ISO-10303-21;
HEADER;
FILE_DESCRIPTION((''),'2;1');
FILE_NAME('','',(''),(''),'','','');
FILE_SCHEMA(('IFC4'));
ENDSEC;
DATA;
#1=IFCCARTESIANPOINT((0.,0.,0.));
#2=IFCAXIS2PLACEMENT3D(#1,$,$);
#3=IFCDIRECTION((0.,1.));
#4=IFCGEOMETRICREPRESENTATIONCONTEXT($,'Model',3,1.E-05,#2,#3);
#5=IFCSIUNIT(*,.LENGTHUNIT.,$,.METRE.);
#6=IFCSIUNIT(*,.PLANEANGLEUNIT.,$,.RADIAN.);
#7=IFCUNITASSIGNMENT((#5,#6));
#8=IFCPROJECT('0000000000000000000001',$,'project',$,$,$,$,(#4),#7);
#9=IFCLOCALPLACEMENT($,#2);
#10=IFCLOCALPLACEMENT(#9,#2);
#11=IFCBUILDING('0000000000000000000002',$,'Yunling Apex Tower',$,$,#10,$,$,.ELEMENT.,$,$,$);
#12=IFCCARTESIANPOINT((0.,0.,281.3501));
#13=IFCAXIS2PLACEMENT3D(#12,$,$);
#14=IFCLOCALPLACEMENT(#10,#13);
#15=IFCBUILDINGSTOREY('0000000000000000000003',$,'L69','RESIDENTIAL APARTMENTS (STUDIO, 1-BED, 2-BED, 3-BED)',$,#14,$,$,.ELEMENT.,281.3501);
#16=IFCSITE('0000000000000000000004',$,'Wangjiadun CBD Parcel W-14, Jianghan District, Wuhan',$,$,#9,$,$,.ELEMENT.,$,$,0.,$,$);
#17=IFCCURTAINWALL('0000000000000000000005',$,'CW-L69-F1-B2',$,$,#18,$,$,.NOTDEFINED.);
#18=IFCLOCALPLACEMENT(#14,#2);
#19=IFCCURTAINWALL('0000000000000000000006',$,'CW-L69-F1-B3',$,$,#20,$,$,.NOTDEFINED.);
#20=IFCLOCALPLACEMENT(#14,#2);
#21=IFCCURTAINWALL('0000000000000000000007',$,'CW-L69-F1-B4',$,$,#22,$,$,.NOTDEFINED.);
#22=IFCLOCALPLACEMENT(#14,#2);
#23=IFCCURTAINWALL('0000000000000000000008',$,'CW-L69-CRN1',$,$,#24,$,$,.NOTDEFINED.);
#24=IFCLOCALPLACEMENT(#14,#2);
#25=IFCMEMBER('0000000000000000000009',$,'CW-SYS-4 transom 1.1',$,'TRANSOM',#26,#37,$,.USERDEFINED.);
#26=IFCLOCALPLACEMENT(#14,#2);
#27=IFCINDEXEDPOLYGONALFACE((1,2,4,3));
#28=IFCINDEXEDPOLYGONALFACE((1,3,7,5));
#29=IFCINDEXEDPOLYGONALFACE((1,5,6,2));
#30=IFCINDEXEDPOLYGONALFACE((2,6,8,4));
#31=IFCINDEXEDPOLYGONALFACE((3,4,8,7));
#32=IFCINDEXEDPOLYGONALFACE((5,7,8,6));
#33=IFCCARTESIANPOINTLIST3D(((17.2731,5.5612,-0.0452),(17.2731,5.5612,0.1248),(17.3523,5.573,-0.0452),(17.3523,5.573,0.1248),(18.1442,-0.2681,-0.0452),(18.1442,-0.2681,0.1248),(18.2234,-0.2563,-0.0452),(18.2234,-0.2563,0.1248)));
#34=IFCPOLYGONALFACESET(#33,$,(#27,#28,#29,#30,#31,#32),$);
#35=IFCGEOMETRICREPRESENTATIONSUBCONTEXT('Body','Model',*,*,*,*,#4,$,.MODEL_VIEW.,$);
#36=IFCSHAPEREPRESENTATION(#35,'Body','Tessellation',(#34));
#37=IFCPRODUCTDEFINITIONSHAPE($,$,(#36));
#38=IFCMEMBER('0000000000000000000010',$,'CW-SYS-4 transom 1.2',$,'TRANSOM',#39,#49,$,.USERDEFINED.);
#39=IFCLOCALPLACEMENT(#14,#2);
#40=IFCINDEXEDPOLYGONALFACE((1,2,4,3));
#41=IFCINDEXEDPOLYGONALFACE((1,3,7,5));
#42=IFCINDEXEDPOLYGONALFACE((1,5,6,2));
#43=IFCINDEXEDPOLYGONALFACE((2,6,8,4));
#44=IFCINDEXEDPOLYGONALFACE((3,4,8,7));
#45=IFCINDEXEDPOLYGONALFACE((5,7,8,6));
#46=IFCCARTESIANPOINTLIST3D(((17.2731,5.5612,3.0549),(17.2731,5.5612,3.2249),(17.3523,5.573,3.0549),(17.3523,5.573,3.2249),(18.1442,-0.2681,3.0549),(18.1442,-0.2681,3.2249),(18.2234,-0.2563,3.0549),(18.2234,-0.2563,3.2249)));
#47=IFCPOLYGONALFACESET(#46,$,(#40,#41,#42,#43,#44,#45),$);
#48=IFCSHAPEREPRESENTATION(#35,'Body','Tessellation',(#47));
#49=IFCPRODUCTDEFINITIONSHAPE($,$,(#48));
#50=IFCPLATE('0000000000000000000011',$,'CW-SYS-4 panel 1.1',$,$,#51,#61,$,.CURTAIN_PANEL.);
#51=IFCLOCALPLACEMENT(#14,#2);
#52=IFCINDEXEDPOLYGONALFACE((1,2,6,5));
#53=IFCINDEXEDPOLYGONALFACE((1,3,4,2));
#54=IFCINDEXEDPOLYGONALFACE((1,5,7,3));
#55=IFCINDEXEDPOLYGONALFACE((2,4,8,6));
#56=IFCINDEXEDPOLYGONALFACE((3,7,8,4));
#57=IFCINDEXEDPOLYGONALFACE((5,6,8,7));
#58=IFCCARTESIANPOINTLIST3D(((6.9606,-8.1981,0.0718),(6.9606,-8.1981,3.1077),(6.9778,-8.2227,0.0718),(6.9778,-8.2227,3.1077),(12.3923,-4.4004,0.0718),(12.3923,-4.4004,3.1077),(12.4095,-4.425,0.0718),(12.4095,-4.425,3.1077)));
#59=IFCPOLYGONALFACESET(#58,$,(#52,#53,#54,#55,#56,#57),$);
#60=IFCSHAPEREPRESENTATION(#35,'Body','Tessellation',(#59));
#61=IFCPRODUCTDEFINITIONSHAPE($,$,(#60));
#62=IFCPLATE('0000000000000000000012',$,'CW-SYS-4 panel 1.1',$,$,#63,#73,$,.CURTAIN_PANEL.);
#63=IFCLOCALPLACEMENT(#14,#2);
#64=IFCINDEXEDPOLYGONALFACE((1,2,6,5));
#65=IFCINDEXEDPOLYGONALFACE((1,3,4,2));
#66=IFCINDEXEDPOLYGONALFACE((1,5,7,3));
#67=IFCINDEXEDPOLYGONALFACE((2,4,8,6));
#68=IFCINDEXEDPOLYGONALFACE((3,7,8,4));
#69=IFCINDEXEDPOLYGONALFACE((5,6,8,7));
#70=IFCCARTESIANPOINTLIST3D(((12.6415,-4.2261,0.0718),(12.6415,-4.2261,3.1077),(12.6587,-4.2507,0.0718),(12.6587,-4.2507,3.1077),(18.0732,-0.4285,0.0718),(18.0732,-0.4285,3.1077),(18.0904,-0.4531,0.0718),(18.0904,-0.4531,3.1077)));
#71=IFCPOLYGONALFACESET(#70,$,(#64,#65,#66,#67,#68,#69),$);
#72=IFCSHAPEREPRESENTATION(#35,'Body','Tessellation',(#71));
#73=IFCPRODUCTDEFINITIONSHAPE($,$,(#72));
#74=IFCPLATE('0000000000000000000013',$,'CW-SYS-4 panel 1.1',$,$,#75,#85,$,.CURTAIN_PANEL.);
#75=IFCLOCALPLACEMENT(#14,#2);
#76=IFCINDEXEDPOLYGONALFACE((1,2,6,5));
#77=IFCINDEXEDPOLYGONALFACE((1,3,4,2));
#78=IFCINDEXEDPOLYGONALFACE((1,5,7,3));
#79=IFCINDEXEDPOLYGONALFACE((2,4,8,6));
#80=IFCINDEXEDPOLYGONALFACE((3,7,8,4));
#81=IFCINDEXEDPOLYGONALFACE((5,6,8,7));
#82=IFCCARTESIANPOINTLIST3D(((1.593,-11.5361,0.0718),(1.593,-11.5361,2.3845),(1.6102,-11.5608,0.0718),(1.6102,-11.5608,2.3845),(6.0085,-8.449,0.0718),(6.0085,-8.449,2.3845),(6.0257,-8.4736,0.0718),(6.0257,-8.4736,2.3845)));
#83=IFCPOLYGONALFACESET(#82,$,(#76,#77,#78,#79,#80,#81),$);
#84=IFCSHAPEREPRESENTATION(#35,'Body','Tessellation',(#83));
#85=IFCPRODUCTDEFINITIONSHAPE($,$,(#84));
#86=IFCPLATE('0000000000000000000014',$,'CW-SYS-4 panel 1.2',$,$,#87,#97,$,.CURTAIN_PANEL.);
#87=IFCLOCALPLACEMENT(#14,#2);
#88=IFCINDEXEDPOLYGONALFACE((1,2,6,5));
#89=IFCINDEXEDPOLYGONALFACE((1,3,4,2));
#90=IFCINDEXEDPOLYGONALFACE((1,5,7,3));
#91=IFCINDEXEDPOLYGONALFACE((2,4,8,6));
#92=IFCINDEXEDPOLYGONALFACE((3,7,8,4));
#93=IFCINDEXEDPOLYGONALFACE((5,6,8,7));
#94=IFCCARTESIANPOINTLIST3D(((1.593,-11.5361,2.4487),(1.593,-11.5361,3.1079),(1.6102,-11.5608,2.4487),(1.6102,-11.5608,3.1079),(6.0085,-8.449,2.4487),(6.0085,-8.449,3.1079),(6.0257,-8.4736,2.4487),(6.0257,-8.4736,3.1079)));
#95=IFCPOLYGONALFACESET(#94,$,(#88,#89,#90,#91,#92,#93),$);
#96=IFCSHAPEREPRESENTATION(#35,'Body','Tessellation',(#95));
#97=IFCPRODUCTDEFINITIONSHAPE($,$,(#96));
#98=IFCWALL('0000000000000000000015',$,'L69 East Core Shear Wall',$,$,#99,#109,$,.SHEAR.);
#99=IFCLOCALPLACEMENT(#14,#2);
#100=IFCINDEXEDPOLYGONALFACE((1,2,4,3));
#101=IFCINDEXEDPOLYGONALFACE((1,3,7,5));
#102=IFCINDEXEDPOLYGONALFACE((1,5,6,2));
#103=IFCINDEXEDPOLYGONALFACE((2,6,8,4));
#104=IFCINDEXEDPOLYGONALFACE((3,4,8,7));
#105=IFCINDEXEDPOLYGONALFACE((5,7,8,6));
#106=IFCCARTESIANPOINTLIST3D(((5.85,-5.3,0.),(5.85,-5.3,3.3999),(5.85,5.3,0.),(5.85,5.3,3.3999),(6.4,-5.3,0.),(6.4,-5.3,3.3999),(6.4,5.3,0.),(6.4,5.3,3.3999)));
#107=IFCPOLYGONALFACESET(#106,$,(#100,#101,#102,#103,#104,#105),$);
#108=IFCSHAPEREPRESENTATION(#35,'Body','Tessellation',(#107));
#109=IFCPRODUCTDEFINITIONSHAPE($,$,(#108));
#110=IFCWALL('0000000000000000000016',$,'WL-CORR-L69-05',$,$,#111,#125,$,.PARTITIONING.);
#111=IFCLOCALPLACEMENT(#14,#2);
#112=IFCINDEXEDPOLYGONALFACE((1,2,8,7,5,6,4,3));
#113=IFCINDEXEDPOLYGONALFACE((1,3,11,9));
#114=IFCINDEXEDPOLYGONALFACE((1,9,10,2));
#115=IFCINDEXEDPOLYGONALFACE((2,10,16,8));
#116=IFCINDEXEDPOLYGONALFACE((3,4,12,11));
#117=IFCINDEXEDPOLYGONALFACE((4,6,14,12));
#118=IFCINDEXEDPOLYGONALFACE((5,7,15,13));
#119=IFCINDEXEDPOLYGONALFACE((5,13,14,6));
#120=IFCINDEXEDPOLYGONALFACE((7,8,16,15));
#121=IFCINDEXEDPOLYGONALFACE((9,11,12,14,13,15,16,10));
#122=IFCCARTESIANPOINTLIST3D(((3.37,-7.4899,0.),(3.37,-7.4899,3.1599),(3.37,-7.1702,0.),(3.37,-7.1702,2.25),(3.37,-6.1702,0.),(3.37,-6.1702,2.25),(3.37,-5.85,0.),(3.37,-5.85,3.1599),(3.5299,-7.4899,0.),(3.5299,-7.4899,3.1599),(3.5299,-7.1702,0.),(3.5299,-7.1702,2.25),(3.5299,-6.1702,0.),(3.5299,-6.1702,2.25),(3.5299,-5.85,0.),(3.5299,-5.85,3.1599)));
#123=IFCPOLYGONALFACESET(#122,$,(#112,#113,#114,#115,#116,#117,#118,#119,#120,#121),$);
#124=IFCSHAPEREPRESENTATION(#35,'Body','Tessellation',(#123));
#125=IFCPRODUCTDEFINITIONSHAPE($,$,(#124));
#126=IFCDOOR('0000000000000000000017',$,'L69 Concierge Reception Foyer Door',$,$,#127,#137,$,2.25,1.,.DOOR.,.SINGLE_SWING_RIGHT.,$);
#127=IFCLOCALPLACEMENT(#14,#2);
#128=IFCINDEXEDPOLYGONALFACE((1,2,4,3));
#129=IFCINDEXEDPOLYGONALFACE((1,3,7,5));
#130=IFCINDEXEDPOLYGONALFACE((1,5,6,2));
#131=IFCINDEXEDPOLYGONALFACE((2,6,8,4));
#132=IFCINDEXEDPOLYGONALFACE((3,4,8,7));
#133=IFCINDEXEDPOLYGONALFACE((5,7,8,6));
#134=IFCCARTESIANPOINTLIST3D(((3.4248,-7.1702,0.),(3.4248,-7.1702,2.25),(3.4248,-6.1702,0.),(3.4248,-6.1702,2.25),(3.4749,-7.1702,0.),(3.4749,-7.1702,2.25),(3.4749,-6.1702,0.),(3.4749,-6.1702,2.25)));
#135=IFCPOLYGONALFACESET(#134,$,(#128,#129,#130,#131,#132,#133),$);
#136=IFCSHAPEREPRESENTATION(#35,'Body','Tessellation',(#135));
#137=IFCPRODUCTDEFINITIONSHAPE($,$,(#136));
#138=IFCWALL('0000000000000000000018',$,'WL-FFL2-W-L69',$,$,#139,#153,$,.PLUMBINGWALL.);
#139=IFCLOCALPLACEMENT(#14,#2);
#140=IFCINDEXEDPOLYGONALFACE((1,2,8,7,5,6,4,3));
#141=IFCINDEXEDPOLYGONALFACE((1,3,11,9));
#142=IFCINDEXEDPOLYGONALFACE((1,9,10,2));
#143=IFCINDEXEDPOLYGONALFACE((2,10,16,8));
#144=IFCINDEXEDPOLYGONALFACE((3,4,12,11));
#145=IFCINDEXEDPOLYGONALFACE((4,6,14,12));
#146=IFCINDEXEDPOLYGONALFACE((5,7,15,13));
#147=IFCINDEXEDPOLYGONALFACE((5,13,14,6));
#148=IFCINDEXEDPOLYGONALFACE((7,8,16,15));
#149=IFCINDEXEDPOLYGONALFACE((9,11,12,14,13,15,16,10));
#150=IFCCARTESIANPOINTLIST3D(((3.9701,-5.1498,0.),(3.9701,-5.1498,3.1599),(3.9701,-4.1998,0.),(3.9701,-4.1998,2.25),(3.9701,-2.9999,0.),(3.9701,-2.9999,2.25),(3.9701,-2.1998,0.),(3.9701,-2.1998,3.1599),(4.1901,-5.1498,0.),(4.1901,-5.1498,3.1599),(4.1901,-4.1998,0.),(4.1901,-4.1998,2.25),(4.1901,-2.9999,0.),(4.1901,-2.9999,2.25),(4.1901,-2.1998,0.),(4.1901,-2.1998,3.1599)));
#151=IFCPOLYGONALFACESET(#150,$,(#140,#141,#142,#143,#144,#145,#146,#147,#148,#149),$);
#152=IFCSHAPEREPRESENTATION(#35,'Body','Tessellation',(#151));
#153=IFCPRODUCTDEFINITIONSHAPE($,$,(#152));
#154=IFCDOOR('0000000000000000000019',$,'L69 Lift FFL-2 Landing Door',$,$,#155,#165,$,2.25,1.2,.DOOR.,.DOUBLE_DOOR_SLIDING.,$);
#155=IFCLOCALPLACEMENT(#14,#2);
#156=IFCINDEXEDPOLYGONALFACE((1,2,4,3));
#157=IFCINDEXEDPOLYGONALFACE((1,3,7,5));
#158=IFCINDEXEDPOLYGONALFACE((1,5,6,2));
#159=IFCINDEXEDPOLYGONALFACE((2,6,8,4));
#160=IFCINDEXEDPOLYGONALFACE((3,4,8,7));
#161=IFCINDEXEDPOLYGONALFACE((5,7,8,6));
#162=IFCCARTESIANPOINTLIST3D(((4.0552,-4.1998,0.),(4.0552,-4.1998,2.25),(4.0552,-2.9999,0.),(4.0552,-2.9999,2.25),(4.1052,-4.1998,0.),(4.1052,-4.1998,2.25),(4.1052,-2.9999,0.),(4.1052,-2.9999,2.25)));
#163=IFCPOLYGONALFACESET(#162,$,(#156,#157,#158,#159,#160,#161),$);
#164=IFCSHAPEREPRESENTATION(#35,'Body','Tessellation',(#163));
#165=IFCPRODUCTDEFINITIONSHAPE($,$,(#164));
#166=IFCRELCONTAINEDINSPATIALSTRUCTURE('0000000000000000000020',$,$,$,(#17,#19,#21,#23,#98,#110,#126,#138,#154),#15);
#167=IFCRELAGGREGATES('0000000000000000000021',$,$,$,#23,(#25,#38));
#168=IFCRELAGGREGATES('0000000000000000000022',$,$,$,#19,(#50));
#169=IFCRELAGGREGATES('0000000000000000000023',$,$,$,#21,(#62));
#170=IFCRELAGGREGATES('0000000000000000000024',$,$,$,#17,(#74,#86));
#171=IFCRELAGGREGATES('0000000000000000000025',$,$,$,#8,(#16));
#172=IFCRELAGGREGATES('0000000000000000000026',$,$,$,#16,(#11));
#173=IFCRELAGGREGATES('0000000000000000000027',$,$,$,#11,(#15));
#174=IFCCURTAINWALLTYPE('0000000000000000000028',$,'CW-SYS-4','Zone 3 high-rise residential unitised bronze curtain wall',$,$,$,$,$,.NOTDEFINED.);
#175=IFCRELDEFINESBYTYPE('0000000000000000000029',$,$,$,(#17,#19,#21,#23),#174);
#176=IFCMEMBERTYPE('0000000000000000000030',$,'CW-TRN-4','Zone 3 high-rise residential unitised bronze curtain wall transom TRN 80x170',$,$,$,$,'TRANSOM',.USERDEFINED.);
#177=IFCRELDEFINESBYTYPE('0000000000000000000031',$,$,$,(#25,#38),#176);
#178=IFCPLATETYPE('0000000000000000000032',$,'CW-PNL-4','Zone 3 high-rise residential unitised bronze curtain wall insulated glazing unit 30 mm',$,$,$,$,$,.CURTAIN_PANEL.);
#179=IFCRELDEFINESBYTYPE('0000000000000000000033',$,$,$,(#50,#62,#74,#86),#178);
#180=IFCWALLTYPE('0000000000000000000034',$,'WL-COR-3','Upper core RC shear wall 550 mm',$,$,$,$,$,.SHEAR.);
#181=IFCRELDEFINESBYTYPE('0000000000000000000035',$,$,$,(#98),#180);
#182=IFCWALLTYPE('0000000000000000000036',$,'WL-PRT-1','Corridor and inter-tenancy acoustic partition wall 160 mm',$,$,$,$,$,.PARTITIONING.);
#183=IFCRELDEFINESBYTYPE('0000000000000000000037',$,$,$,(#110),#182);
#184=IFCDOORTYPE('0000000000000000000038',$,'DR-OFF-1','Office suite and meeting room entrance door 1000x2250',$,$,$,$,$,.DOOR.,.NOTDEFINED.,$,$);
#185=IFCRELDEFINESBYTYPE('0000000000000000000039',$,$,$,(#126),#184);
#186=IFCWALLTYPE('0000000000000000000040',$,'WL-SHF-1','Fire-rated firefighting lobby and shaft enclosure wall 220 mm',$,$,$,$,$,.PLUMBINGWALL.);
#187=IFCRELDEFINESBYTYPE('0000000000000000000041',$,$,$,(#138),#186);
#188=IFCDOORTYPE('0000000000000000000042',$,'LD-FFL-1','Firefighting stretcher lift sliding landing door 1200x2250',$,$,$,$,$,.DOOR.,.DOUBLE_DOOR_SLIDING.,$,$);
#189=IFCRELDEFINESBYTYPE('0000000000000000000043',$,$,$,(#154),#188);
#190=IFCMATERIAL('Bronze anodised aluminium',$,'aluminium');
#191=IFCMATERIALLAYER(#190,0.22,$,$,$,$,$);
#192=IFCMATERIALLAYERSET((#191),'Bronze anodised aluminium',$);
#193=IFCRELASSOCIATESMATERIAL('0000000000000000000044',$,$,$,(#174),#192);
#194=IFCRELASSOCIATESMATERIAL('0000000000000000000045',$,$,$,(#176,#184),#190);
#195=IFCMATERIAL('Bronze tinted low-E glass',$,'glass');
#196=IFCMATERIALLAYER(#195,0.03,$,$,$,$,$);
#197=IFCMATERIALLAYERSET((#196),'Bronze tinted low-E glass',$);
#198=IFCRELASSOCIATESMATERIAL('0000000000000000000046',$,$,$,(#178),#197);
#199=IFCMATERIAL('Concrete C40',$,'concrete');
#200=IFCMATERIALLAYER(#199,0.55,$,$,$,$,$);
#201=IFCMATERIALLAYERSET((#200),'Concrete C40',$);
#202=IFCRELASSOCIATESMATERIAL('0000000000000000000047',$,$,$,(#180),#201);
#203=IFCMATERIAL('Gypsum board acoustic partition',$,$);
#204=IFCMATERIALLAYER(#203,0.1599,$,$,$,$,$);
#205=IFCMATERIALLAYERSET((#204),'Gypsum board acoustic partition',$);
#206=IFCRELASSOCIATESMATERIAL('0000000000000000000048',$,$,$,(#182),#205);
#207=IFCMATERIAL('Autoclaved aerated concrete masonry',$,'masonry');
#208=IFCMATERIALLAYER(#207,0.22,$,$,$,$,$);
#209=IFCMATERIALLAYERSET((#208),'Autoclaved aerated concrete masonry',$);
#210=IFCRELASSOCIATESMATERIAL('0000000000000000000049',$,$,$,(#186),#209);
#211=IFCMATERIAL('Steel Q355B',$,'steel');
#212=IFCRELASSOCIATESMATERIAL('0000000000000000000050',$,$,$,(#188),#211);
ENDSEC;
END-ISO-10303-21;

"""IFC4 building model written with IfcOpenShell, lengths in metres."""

from ifc_helpers import new_model, si_unit, direction, frame, frame_2d, origin, origin_2d, place, context, subcontext, project, spatial, rectangle, extrude, source, transform, mapped, material, layer, layer_set, material_profile, profile_set, type_object, element, fill, aggregate, save


model = new_model("IFC4")

# Units and contexts
model_context = context("Model", 3, precision=1e-05, world=origin(), true_north=direction((0.0, 1.0)))
body_context = subcontext(model_context, "Body", "Model", "MODEL_VIEW")
ifc_project = project(units=[si_unit("LENGTHUNIT", "METRE"), si_unit("PLANEANGLEUNIT", "RADIAN")], contexts=[model_context])

# Site, building, storey
site_placement = place(None, origin())
site = spatial("IfcSite", under=ifc_project, at=site_placement, Name="Wangjiadun CBD Parcel W-14, Jianghan District, Wuhan", CompositionType="ELEMENT", RefElevation=0.0)
building_placement = place(site_placement, origin())
building = spatial("IfcBuilding", under=site, at=building_placement, Name="Yunling Apex Tower", CompositionType="ELEMENT")
storey_placement = place(building_placement, frame((0.0, 0.0, 281.3501)))
storey = spatial("IfcBuildingStorey", under=building, at=storey_placement, Name="L69", Description="RESIDENTIAL APARTMENTS (STUDIO, 1-BED, 2-BED, 3-BED)", CompositionType="ELEMENT", Elevation=281.3501)

# Shared definitions
ifc_material_1 = material(Name="Steel Q355B", Category="steel")

# Curtain wall
ifc_material_2 = material(Name="Bronze anodised aluminium", Category="aluminium")
ifc_layer_1 = layer(ifc_material_2, 0.22)
ifc_layer_set_1 = layer_set([ifc_layer_1], Name="Bronze anodised aluminium")
curtain_wall_type = type_object("IfcCurtainWallType", Name="CW-SYS-4", Description="Zone 3 high-rise residential unitised bronze curtain wall", PredefinedType="NOTDEFINED", material=ifc_layer_set_1)
curtain_wall_1_placement = place(storey_placement, origin())
curtain_wall_1 = element("IfcCurtainWall", 1, at=curtain_wall_1_placement, inside=storey, type_object=curtain_wall_type, Name="CW-L69-F1-B2", PredefinedType="NOTDEFINED")

# Curtain walls
curtain_wall_2_placement = place(storey_placement, origin())
curtain_wall_2 = element("IfcCurtainWall", 2, at=curtain_wall_2_placement, inside=storey, type_object=curtain_wall_type, Name="CW-L69-F1-B3", PredefinedType="NOTDEFINED")
curtain_wall_3_placement = place(storey_placement, origin())
curtain_wall_3 = element("IfcCurtainWall", 3, at=curtain_wall_3_placement, inside=storey, type_object=curtain_wall_type, Name="CW-L69-F1-B4", PredefinedType="NOTDEFINED")

# Curtain wall
curtain_wall_4_placement = place(storey_placement, origin())
curtain_wall_4 = element("IfcCurtainWall", 4, at=curtain_wall_4_placement, inside=storey, type_object=curtain_wall_type, Name="CW-L69-CRN1", PredefinedType="NOTDEFINED")

# Members
ifc_material_profile_1 = material_profile(ifc_material_2, rectangle(XDim=0.0801, YDim=0.1699, at=origin_2d()))
ifc_profile_set_1 = profile_set([ifc_material_profile_1], Name="Bronze anodised aluminium")
member_type_1 = type_object("IfcMemberType", Name="CW-TRN-4", Description="Zone 3 high-rise residential unitised bronze curtain wall transom TRN 80x170", ElementType="TRANSOM", PredefinedType="USERDEFINED", material=ifc_profile_set_1)
shared_shape_1 = source(origin(), body_context, "Body", "SweptSolid", [
    extrude(rectangle(XDim=0.0801, YDim=0.1699, at=origin_2d()), origin(), (0.0, 0.0, 1.0), 5.894),
])
member_1_placement = place(storey_placement, frame((18.1838, -0.2622, 0.0398), z_axis=(-0.147792, 0.989019, 0.0), x_axis=(-0.989019, -0.147792, 0.0)))
member_1 = element("IfcMember", 5, at=member_1_placement, type_object=member_type_1, Name="CW-SYS-4 transom 1.1", ObjectType="TRANSOM", PredefinedType="USERDEFINED", context=body_context, shape_type="MappedRepresentation", body=[
    mapped(shared_shape_1, transform((0.0, 0.0, 0.0), scale=1.0)),
])
member_2_placement = place(storey_placement, frame((18.1838, -0.2622, 3.1399), z_axis=(-0.147792, 0.989019, 0.0), x_axis=(-0.989019, -0.147792, 0.0)))
member_2 = element("IfcMember", 6, at=member_2_placement, type_object=member_type_1, Name="CW-SYS-4 transom 1.2", ObjectType="TRANSOM", PredefinedType="USERDEFINED", context=body_context, shape_type="MappedRepresentation", body=[
    mapped(shared_shape_1, transform((0.0, 0.0, 0.0), scale=1.0)),
])
aggregate(curtain_wall_4, [member_1, member_2])

# Plates
ifc_material_3 = material(Name="Bronze tinted low-E glass", Category="glass")
ifc_layer_2 = layer(ifc_material_3, 0.03)
ifc_layer_set_2 = layer_set([ifc_layer_2], Name="Bronze tinted low-E glass")
plate_type = type_object("IfcPlateType", Name="CW-PNL-4", Description="Zone 3 high-rise residential unitised bronze curtain wall insulated glazing unit 30 mm", PredefinedType="CURTAIN_PANEL", material=ifc_layer_set_2)
shared_shape_2 = source(origin(), body_context, "Body", "SweptSolid", [
    extrude(rectangle(XDim=6.6277, YDim=0.03, at=origin_2d()), origin(), (0.0, 0.0, 1.0), 3.0359),
])
plate_1_placement = place(storey_placement, frame((9.6851, -6.3115, 0.0718), z_axis=(0.0, 0.0, 1.0), x_axis=(0.819548, 0.57301, 0.0)))
plate_1 = element("IfcPlate", 7, at=plate_1_placement, type_object=plate_type, Name="CW-SYS-4 panel 1.1", PredefinedType="CURTAIN_PANEL", context=body_context, shape_type="MappedRepresentation", body=[
    mapped(shared_shape_2, transform((0.0, 0.0, 0.0), scale=1.0)),
])
aggregate(curtain_wall_2, [plate_1])
plate_2_placement = place(storey_placement, frame((15.366, -2.3396, 0.0718), z_axis=(0.0, 0.0, 1.0), x_axis=(0.819555, 0.573, 0.0)))
plate_2 = element("IfcPlate", 8, at=plate_2_placement, type_object=plate_type, Name="CW-SYS-4 panel 1.1", PredefinedType="CURTAIN_PANEL", context=body_context, shape_type="MappedRepresentation", body=[
    mapped(shared_shape_2, transform((0.0, 0.0, 0.0), scale=1.0)),
])
aggregate(curtain_wall_3, [plate_2])
shared_shape_3 = source(origin(), body_context, "Body", "SweptSolid", [
    extrude(rectangle(XDim=5.3877, YDim=0.03, at=origin_2d()), origin(), (0.0, 0.0, 1.0), 2.3127),
])
plate_3_placement = place(storey_placement, frame((3.8093, -10.0049, 0.0718), z_axis=(0.0, 0.0, 1.0), x_axis=(0.819556, 0.572999, 0.0)))
plate_3 = element("IfcPlate", 9, at=plate_3_placement, type_object=plate_type, Name="CW-SYS-4 panel 1.1", PredefinedType="CURTAIN_PANEL", context=body_context, shape_type="MappedRepresentation", body=[
    mapped(shared_shape_3, transform((0.0, 0.0, 0.0), scale=1.0)),
])
shared_shape_4 = source(origin(), body_context, "Body", "SweptSolid", [
    extrude(rectangle(XDim=5.3877, YDim=0.03, at=origin_2d()), origin(), (0.0, 0.0, 1.0), 0.6592),
])
plate_4_placement = place(storey_placement, frame((3.8093, -10.0049, 2.4487), z_axis=(0.0, 0.0, 1.0), x_axis=(0.819556, 0.572999, 0.0)))
plate_4 = element("IfcPlate", 10, at=plate_4_placement, type_object=plate_type, Name="CW-SYS-4 panel 1.2", PredefinedType="CURTAIN_PANEL", context=body_context, shape_type="MappedRepresentation", body=[
    mapped(shared_shape_4, transform((0.0, 0.0, 0.0), scale=1.0)),
])
aggregate(curtain_wall_1, [plate_3, plate_4])

# Wall
ifc_material_4 = material(Name="Concrete C40", Category="concrete")
ifc_layer_3 = layer(ifc_material_4, 0.55)
ifc_layer_set_3 = layer_set([ifc_layer_3], Name="Concrete C40")
wall_type_1 = type_object("IfcWallType", Name="WL-COR-3", Description="Upper core RC shear wall 550 mm", PredefinedType="SHEAR", material=ifc_layer_set_3)
wall_1_placement = place(storey_placement, frame((6.125, -5.3, 0.0), z_axis=(0.0, 0.0, 1.0), x_axis=(0.0, 1.0, 0.0)))
element("IfcWall", 11, at=wall_1_placement, inside=storey, type_object=wall_type_1, Name="L69 East Core Shear Wall", PredefinedType="SHEAR", context=body_context, shape_type="SweptSolid", body=[
    extrude(rectangle(XDim=10.6001, YDim=0.55, at=frame_2d((5.3, 0.0))), origin(), (0.0, 0.0, 1.0), 3.3999),
])

# Walls, openings, doors
ifc_material_5 = material(Name="Gypsum board acoustic partition")
ifc_layer_4 = layer(ifc_material_5, 0.1599)
ifc_layer_set_4 = layer_set([ifc_layer_4], Name="Gypsum board acoustic partition")
wall_type_2 = type_object("IfcWallType", Name="WL-PRT-1", Description="Corridor and inter-tenancy acoustic partition wall 160 mm", PredefinedType="PARTITIONING", material=ifc_layer_set_4)
wall_2_placement = place(storey_placement, frame((3.45, -5.8501, 0.0), z_axis=(0.0, 0.0, 1.0), x_axis=(0.0, -1.0, 0.0)))
wall_2 = element("IfcWall", 12, at=wall_2_placement, inside=storey, type_object=wall_type_2, Name="WL-CORR-L69-05", PredefinedType="PARTITIONING", context=body_context, shape_type="SweptSolid", body=[
    extrude(rectangle(XDim=1.6399, YDim=0.1599, at=frame_2d((0.8198, 0.0))), origin(), (0.0, 0.0, 1.0), 3.1599),
])
opening_1_placement = place(wall_2_placement, frame((0.3201, 0.0, 0.0)))
opening_1 = element("IfcOpeningElement", 13, at=opening_1_placement, cuts=wall_2, PredefinedType="OPENING", context=body_context, shape_type="SweptSolid", body=[
    extrude(rectangle(XDim=1.0, YDim=2.25, at=frame_2d((0.5, 1.125))), frame((0.0, 0.0898, 0.0), z_axis=(0.0, -1.0, 0.0), x_axis=(1.0, 0.0, 0.0)), (0.0, 0.0, 1.0), 0.1799),
])
door_type_1 = type_object("IfcDoorType", Name="DR-OFF-1", Description="Office suite and meeting room entrance door 1000x2250", OperationType="NOTDEFINED", PredefinedType="DOOR", material=ifc_material_2)
door_1_placement = place(opening_1_placement, origin())
door_1 = element("IfcDoor", 14, at=door_1_placement, inside=storey, type_object=door_type_1, Name="L69 Concierge Reception Foyer Door", OperationType="SINGLE_SWING_RIGHT", OverallHeight=2.25, OverallWidth=1.0, PredefinedType="DOOR", context=body_context, shape_type="SweptSolid", body=[
    extrude(rectangle(XDim=1.0, YDim=2.25, at=frame_2d((0.5, 1.125))), frame((0.0, 0.0249, 0.0), z_axis=(0.0, -1.0, 0.0), x_axis=(1.0, 0.0, 0.0)), (0.0, 0.0, 1.0), 0.05),
])
fill(opening_1, door_1)
ifc_material_6 = material(Name="Autoclaved aerated concrete masonry", Category="masonry")
ifc_layer_5 = layer(ifc_material_6, 0.22)
ifc_layer_set_5 = layer_set([ifc_layer_5], Name="Autoclaved aerated concrete masonry")
wall_type_3 = type_object("IfcWallType", Name="WL-SHF-1", Description="Fire-rated firefighting lobby and shaft enclosure wall 220 mm", PredefinedType="PLUMBINGWALL", material=ifc_layer_set_5)
wall_3_placement = place(storey_placement, frame((4.0801, -5.1499, 0.0), z_axis=(0.0, 0.0, 1.0), x_axis=(0.0, 1.0, 0.0)))
wall_3 = element("IfcWall", 15, at=wall_3_placement, inside=storey, type_object=wall_type_3, Name="WL-FFL2-W-L69", PredefinedType="PLUMBINGWALL", context=body_context, shape_type="SweptSolid", body=[
    extrude(rectangle(XDim=2.95, YDim=0.22, at=frame_2d((1.4751, 0.0))), origin(), (0.0, 0.0, 1.0), 3.1599),
])
opening_2_placement = place(wall_3_placement, frame((0.95, 0.0, 0.0)))
opening_2 = element("IfcOpeningElement", 16, at=opening_2_placement, cuts=wall_3, PredefinedType="OPENING", context=body_context, shape_type="SweptSolid", body=[
    extrude(rectangle(XDim=1.2, YDim=2.25, at=frame_2d((0.6001, 1.125))), frame((0.0, 0.1201, 0.0), z_axis=(0.0, -1.0, 0.0), x_axis=(1.0, 0.0, 0.0)), (0.0, 0.0, 1.0), 0.24),
])
door_type_2 = type_object("IfcDoorType", Name="LD-FFL-1", Description="Firefighting stretcher lift sliding landing door 1200x2250", OperationType="DOUBLE_DOOR_SLIDING", PredefinedType="DOOR", material=ifc_material_1)
door_2_placement = place(opening_2_placement, origin())
door_2 = element("IfcDoor", 17, at=door_2_placement, inside=storey, type_object=door_type_2, Name="L69 Lift FFL-2 Landing Door", OperationType="DOUBLE_DOOR_SLIDING", OverallHeight=2.25, OverallWidth=1.2, PredefinedType="DOOR", context=body_context, shape_type="SweptSolid", body=[
    extrude(rectangle(XDim=1.2, YDim=2.25, at=frame_2d((0.6001, 1.125))), frame((0.0, 0.0249, 0.0), z_axis=(0.0, -1.0, 0.0), x_axis=(1.0, 0.0, 0.0)), (0.0, 0.0, 1.0), 0.05),
])
fill(opening_2, door_2)

save(model, "model.ifc")
